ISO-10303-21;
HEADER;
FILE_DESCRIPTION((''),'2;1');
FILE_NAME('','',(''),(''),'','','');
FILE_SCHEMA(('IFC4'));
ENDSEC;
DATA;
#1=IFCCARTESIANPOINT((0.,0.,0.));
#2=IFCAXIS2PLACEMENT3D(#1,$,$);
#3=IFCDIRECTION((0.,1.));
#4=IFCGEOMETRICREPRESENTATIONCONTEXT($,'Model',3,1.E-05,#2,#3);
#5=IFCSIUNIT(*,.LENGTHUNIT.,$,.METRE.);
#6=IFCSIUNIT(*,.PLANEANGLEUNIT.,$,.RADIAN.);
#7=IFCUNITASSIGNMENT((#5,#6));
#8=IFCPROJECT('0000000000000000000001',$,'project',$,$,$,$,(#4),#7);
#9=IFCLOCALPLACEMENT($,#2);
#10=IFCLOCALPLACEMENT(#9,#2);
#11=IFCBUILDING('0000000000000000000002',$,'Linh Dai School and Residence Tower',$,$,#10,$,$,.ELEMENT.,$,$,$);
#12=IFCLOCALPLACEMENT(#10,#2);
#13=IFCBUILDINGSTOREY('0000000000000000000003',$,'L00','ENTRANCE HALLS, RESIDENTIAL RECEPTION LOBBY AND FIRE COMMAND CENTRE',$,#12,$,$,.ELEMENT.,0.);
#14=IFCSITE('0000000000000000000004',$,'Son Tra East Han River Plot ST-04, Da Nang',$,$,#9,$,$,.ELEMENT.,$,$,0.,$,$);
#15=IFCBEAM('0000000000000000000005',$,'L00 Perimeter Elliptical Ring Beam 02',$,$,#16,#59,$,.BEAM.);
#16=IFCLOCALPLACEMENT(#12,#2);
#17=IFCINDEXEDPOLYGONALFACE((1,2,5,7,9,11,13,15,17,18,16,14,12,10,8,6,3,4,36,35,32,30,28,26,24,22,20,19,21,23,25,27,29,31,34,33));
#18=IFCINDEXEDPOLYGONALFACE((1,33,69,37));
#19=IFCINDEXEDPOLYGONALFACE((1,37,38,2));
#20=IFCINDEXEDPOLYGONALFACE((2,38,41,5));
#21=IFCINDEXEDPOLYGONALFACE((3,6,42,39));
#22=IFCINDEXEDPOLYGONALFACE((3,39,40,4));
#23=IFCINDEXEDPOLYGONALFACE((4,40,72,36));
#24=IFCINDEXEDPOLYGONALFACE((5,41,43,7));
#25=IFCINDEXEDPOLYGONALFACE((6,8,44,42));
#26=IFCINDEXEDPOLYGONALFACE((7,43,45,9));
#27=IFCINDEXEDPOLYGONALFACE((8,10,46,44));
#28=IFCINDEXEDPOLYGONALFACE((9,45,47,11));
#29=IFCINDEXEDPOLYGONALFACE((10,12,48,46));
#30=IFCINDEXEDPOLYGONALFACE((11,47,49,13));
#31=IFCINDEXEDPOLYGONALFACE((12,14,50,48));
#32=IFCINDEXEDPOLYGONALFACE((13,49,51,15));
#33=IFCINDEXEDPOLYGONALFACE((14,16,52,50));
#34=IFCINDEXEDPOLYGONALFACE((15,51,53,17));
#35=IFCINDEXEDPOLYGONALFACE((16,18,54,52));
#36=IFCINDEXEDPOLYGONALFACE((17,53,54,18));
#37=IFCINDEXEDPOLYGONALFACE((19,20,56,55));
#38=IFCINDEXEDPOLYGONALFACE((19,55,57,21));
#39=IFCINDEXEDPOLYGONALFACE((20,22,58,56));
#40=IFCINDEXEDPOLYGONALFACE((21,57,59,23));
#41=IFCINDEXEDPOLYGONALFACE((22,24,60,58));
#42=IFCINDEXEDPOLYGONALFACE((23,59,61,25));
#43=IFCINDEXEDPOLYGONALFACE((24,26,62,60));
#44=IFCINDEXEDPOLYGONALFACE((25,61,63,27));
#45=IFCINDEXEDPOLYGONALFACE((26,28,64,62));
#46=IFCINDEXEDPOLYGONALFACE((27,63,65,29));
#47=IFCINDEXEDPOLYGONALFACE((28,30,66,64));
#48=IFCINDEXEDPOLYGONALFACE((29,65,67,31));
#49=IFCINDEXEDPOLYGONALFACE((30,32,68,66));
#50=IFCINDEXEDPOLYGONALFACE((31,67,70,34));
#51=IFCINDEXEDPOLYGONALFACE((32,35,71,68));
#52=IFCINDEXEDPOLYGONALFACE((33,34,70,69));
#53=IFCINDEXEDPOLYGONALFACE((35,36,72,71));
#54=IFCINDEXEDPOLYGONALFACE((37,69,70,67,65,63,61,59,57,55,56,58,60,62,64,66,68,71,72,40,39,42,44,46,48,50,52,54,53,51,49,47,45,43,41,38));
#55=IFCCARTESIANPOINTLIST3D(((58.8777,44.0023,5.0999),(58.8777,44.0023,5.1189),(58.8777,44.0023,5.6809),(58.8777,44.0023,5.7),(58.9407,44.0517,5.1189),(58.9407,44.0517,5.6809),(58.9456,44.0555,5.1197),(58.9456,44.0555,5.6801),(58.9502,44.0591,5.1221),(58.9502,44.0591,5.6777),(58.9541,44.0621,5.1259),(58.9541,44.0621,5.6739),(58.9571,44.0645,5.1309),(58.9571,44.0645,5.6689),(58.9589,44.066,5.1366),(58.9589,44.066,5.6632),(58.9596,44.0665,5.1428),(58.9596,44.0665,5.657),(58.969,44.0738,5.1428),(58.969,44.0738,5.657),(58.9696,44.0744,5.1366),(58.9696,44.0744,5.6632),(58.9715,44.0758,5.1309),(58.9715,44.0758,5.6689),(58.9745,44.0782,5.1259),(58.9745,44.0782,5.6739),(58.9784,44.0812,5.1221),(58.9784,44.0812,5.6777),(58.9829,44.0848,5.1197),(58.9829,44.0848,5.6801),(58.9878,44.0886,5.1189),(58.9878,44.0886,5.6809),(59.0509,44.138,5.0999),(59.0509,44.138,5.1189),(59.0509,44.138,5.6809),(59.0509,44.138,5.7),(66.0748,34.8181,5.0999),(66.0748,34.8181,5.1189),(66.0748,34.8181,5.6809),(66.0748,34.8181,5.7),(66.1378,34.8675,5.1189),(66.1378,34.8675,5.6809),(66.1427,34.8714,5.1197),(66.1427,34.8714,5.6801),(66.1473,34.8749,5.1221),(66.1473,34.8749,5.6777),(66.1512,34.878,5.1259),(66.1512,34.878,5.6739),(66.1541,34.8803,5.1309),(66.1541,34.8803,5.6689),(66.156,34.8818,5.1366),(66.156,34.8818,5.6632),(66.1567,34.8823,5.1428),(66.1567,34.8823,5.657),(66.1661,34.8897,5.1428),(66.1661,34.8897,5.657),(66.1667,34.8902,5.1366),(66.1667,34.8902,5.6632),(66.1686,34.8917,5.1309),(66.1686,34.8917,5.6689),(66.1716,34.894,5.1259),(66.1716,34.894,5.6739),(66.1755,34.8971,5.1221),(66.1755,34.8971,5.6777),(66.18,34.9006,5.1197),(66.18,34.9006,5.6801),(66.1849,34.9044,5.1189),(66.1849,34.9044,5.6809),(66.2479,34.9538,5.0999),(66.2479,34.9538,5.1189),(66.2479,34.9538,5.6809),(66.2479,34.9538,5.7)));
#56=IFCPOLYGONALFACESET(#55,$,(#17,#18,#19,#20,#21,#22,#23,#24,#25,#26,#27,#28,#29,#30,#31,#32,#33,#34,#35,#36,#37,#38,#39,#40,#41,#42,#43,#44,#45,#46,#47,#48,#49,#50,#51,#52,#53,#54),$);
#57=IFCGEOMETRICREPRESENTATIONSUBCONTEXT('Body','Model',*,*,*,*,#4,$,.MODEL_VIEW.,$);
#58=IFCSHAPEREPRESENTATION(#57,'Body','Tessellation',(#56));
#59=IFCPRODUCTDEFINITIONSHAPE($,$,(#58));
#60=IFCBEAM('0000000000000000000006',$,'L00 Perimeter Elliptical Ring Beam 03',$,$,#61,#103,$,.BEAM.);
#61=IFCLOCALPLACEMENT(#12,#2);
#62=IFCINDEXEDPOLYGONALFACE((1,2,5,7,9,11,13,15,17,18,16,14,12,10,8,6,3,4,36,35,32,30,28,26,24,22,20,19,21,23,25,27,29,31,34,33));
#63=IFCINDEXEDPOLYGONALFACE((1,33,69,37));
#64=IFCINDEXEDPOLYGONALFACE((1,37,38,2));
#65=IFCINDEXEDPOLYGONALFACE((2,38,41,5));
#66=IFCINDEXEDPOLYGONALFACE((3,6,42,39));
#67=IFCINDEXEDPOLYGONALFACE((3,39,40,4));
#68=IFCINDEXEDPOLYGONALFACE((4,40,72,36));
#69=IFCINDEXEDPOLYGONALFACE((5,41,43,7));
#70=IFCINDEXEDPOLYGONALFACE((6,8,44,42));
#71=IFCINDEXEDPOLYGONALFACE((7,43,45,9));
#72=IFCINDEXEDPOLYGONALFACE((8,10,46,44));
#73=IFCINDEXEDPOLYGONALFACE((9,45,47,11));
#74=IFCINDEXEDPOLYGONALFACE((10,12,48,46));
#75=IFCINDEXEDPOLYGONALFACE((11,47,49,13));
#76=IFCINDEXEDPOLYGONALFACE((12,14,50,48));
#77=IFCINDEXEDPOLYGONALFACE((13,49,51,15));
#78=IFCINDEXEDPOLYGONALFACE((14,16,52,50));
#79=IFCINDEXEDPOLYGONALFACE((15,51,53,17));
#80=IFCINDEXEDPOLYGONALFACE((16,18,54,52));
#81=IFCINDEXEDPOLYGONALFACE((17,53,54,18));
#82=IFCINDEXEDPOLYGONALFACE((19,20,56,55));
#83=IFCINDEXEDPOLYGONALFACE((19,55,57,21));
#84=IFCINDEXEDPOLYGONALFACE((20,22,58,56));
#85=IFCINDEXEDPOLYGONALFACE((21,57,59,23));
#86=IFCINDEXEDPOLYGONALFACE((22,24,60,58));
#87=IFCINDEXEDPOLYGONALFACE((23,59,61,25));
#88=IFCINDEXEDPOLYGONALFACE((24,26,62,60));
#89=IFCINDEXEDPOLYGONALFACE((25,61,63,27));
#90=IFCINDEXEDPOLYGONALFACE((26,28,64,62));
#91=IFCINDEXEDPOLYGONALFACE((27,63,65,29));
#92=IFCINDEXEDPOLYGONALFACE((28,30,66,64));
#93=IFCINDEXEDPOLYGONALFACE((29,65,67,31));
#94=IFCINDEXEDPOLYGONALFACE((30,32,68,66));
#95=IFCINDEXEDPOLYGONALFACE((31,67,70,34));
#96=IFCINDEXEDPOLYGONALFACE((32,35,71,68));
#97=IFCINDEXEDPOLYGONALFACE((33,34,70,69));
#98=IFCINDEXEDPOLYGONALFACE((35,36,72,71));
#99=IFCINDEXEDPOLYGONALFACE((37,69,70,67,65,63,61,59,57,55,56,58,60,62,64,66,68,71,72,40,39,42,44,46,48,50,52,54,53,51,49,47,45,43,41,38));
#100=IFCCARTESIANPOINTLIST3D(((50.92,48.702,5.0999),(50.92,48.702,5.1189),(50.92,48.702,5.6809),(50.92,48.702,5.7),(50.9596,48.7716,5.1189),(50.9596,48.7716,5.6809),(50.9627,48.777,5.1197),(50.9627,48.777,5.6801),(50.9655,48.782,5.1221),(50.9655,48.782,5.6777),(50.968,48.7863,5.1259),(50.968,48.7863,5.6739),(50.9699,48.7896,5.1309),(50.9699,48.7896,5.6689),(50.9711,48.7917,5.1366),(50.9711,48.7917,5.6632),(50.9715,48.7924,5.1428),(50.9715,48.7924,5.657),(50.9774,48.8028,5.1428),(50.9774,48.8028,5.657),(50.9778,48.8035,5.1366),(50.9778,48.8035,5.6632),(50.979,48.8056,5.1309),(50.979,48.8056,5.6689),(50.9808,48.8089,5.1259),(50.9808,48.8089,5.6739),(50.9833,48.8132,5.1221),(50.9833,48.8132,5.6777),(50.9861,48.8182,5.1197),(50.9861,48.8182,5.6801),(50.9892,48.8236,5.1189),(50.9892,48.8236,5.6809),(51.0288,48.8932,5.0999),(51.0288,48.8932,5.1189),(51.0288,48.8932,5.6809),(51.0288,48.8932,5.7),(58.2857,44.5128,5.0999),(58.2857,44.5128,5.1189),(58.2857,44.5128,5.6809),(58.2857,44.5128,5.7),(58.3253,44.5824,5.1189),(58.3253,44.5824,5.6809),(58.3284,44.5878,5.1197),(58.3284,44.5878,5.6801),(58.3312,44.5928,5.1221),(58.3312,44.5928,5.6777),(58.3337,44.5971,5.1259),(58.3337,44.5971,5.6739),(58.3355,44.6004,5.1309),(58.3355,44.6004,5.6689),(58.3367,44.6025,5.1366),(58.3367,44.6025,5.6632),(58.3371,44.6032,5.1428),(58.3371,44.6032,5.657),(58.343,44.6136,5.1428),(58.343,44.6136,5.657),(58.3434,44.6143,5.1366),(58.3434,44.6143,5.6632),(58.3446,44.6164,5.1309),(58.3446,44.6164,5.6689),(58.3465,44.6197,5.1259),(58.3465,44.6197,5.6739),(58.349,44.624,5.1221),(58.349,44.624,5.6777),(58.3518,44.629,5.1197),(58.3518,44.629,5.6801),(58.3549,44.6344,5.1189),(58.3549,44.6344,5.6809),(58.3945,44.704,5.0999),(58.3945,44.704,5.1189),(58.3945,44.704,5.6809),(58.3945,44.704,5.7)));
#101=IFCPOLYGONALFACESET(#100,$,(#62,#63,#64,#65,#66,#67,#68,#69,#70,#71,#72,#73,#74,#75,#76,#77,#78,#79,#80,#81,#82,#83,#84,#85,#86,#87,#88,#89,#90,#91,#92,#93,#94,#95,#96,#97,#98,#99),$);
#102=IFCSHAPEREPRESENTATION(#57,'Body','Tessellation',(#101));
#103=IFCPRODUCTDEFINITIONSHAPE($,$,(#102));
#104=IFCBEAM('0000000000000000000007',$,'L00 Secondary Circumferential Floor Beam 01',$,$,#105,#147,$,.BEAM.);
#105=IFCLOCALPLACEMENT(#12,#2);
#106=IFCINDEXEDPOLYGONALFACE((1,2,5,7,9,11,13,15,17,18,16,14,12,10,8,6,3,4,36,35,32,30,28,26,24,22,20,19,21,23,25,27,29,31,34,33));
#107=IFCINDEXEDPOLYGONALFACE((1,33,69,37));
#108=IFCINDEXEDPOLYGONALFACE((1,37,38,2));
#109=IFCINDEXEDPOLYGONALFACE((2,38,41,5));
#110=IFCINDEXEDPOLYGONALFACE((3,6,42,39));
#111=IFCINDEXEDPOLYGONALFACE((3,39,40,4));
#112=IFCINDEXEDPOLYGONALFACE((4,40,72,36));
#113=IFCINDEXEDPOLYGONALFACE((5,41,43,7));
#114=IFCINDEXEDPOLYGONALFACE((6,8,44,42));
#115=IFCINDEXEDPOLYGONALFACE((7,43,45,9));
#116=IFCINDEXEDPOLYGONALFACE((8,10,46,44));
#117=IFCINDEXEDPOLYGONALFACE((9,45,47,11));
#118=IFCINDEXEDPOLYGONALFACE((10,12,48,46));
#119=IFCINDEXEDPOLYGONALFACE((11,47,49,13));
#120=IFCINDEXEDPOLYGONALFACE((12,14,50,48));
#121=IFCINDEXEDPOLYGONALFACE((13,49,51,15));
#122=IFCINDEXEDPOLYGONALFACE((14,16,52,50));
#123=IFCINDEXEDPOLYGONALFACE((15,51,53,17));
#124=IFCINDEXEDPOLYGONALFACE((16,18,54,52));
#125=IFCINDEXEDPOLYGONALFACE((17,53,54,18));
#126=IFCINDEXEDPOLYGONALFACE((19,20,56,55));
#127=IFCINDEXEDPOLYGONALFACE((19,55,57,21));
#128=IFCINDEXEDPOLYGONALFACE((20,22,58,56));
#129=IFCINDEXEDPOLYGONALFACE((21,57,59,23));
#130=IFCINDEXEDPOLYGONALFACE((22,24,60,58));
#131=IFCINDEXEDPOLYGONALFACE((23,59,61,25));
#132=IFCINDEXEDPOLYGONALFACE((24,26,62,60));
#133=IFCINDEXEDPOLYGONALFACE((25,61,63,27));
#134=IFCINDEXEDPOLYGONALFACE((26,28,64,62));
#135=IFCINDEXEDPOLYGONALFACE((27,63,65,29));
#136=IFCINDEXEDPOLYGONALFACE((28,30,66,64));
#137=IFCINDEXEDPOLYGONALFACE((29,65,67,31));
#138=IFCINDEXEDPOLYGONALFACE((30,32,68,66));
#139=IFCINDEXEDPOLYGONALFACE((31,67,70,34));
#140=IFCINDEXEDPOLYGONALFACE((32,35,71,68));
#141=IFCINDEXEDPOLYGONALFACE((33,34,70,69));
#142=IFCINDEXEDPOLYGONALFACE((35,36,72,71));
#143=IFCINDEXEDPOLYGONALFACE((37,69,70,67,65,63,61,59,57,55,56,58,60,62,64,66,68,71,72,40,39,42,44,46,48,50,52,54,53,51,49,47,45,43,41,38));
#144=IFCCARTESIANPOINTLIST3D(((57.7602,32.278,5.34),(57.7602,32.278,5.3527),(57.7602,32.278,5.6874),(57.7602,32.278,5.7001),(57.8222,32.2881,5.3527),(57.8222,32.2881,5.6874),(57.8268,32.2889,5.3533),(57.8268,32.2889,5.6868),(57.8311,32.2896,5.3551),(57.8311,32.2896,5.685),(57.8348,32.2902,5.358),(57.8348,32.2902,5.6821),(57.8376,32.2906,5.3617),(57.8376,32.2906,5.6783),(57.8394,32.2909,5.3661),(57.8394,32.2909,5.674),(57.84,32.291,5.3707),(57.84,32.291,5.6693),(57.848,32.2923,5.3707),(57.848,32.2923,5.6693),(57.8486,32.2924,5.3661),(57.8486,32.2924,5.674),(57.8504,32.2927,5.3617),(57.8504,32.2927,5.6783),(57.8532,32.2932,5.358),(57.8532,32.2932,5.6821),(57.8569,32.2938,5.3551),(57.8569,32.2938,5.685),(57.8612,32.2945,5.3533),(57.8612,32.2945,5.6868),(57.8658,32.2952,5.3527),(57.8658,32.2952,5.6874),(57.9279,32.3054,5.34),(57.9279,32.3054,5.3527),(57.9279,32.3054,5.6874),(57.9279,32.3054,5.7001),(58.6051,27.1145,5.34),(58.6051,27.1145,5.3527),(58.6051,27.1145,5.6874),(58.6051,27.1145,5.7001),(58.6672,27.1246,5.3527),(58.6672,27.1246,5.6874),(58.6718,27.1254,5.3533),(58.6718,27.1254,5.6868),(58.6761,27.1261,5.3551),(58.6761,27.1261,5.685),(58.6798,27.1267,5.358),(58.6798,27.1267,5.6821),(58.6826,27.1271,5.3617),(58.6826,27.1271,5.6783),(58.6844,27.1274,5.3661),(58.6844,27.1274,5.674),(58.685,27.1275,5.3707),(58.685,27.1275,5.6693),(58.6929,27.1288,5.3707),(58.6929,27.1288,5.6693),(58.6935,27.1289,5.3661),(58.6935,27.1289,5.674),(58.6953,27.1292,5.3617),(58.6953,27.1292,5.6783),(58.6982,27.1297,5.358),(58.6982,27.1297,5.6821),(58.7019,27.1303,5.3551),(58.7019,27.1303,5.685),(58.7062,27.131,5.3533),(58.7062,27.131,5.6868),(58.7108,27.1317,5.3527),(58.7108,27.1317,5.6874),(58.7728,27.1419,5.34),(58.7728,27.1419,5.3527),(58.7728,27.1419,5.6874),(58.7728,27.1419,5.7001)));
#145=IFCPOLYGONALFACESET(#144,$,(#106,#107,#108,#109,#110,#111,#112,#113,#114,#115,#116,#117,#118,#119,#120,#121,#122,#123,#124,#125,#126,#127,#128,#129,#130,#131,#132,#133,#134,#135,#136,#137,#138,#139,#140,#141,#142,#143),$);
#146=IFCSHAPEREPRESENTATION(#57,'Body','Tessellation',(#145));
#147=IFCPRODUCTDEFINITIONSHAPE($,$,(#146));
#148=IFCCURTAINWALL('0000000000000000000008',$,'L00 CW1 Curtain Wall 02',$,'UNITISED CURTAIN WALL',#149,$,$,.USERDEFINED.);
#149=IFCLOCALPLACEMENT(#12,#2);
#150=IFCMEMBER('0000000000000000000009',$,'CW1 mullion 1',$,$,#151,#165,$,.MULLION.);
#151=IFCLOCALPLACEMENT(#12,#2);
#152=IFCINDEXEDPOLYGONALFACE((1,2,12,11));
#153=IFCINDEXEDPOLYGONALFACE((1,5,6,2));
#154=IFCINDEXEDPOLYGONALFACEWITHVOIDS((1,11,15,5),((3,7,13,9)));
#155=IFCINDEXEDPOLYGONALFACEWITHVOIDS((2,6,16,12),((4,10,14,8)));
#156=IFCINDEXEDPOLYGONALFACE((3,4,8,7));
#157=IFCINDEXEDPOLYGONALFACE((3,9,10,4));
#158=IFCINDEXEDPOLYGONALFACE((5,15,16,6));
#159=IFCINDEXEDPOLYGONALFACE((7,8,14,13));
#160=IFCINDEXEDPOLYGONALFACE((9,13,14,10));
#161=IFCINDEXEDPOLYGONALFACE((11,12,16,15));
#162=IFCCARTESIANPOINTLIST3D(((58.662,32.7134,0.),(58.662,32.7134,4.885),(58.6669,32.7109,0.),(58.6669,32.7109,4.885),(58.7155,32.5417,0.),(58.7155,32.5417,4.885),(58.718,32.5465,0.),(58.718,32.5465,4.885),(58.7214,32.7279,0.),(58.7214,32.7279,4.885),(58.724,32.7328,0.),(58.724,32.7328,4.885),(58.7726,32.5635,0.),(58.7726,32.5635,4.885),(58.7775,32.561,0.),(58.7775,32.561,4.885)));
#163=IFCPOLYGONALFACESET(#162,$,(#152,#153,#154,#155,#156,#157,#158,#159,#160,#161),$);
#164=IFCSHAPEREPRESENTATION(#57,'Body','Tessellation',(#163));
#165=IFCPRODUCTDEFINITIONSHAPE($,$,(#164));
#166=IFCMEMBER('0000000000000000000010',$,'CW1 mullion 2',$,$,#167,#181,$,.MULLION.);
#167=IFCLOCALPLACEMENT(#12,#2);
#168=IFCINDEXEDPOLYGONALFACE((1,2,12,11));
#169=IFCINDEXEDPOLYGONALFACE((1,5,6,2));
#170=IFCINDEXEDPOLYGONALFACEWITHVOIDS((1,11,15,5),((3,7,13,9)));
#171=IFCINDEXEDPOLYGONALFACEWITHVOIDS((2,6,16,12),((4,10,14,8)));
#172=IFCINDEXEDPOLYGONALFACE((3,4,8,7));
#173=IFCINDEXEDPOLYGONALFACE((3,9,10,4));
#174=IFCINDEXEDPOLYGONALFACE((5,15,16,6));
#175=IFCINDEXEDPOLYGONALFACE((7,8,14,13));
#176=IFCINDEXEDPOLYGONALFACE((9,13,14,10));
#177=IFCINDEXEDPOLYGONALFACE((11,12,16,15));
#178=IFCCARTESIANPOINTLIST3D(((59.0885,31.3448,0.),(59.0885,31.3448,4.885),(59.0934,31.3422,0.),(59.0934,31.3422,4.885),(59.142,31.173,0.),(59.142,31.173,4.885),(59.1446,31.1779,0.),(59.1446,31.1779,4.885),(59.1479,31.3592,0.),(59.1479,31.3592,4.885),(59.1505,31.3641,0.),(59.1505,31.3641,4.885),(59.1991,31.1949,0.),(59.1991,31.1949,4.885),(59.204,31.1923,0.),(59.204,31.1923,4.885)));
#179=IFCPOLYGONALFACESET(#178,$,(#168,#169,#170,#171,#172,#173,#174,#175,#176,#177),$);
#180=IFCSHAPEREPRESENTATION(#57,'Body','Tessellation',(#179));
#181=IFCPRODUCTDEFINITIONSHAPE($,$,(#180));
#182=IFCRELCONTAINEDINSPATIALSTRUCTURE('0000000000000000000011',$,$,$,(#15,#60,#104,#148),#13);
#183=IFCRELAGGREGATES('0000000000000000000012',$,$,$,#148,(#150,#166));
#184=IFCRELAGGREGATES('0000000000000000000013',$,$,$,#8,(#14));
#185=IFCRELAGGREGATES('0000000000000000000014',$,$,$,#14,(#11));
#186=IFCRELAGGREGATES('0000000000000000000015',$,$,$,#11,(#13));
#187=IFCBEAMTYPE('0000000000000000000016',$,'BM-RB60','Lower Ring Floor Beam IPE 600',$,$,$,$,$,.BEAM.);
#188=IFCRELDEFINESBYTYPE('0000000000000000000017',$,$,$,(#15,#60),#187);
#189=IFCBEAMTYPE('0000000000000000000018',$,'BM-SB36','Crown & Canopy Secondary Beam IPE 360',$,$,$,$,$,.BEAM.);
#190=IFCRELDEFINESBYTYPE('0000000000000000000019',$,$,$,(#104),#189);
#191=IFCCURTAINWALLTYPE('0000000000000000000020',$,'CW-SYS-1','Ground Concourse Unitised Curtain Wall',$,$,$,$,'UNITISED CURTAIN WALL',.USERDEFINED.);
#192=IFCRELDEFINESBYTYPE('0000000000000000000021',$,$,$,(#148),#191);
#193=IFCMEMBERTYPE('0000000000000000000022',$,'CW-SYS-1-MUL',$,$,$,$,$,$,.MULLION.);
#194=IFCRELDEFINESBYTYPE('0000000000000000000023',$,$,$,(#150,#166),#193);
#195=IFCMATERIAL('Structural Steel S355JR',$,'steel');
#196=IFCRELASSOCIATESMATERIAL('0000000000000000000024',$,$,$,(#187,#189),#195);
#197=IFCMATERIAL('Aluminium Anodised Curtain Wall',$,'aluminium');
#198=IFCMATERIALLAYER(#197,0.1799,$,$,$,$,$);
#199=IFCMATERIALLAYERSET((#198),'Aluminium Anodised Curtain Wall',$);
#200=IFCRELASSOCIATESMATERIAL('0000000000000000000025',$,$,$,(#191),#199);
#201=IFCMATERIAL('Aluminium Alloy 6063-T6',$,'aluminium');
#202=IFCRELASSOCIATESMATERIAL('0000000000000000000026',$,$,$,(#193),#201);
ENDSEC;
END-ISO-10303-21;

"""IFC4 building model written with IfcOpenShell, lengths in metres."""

from ifc_helpers import new_model, si_unit, direction, frame, origin, origin_2d, place, context, subcontext, project, spatial, hollow_rectangle, i_section, extrude, source, transform, mapped, material, layer, layer_set, material_profile, profile_set, type_object, element, aggregate, save


model = new_model("IFC4")

# Units and contexts
model_context = context("Model", 3, precision=1e-05, world=origin(), true_north=direction((0.0, 1.0)))
body_context = subcontext(model_context, "Body", "Model", "MODEL_VIEW")
ifc_project = project(units=[si_unit("LENGTHUNIT", "METRE"), si_unit("PLANEANGLEUNIT", "RADIAN")], contexts=[model_context])

# Site, building, storey
site_placement = place(None, origin())
site = spatial("IfcSite", under=ifc_project, at=site_placement, Name="Son Tra East Han River Plot ST-04, Da Nang", CompositionType="ELEMENT", RefElevation=0.0)
building_placement = place(site_placement, origin())
building = spatial("IfcBuilding", under=site, at=building_placement, Name="Linh Dai School and Residence Tower", CompositionType="ELEMENT")
storey_placement = place(building_placement, origin())
storey = spatial("IfcBuildingStorey", under=building, at=storey_placement, Name="L00", Description="ENTRANCE HALLS, RESIDENTIAL RECEPTION LOBBY AND FIRE COMMAND CENTRE", CompositionType="ELEMENT", Elevation=0.0)

# Shared definitions
ifc_material_1 = material(Name="Structural Steel S355JR", Category="steel")

# Beams
ifc_material_profile_1 = material_profile(ifc_material_1, i_section(OverallWidth=0.22, OverallDepth=0.6001, WebThickness=0.012, FlangeThickness=0.019, FilletRadius=0.0239, at=origin_2d()), Name="IPE 600")
ifc_profile_set_1 = profile_set([ifc_material_profile_1], Name="Structural Steel S355JR")
beam_type_1 = type_object("IfcBeamType", Name="BM-RB60", Description="Lower Ring Floor Beam IPE 600", PredefinedType="BEAM", material=ifc_profile_set_1)
beam_1_placement = place(storey_placement, frame((66.1614, 34.886, 5.3999), z_axis=(-0.616812, 0.787111, 0.0), x_axis=(-0.787111, -0.616812, 0.0)))
element("IfcBeam", 1, at=beam_1_placement, inside=storey, type_object=beam_type_1, Name="L00 Perimeter Elliptical Ring Beam 02", PredefinedType="BEAM", context=body_context, shape_type="SweptSolid", body=[
    extrude(i_section(OverallWidth=0.22, OverallDepth=0.6001, WebThickness=0.012, FlangeThickness=0.019, FilletRadius=0.0239, at=origin_2d()), origin(), (0.0, 0.0, 1.0), 11.6682),
])
beam_2_placement = place(storey_placement, frame((58.3401, 44.6084, 5.3999), z_axis=(-0.869247, 0.494379, 0.0), x_axis=(-0.494379, -0.869247, 0.0)))
element("IfcBeam", 2, at=beam_2_placement, inside=storey, type_object=beam_type_1, Name="L00 Perimeter Elliptical Ring Beam 03", PredefinedType="BEAM", context=body_context, shape_type="SweptSolid", body=[
    extrude(i_section(OverallWidth=0.22, OverallDepth=0.6001, WebThickness=0.012, FlangeThickness=0.019, FilletRadius=0.0239, at=origin_2d()), origin(), (0.0, 0.0, 1.0), 8.4736),
])
ifc_material_profile_2 = material_profile(ifc_material_1, i_section(OverallWidth=0.1699, OverallDepth=0.3601, WebThickness=0.0081, FlangeThickness=0.0127, FilletRadius=0.0181, at=origin_2d()), Name="IPE 360")
ifc_profile_set_2 = profile_set([ifc_material_profile_2], Name="Structural Steel S355JR")
beam_type_2 = type_object("IfcBeamType", Name="BM-SB36", Description="Crown & Canopy Secondary Beam IPE 360", PredefinedType="BEAM", material=ifc_profile_set_2)
beam_3_placement = place(storey_placement, frame((58.689, 27.1282, 5.52), z_axis=(-0.161493, 0.986874, 0.0), x_axis=(-0.986874, -0.161493, 0.0)))
element("IfcBeam", 3, at=beam_3_placement, inside=storey, type_object=beam_type_2, Name="L00 Secondary Circumferential Floor Beam 01", PredefinedType="BEAM", context=body_context, shape_type="SweptSolid", body=[
    extrude(i_section(OverallWidth=0.1699, OverallDepth=0.3601, WebThickness=0.0081, FlangeThickness=0.0127, FilletRadius=0.0181, at=origin_2d()), origin(), (0.0, 0.0, 1.0), 5.2322),
])

# Curtain wall, members
ifc_material_2 = material(Name="Aluminium Anodised Curtain Wall", Category="aluminium")
ifc_layer_1 = layer(ifc_material_2, 0.1799)
ifc_layer_set_1 = layer_set([ifc_layer_1], Name="Aluminium Anodised Curtain Wall")
curtain_wall_type = type_object("IfcCurtainWallType", Name="CW-SYS-1", Description="Ground Concourse Unitised Curtain Wall", ElementType="UNITISED CURTAIN WALL", PredefinedType="USERDEFINED", material=ifc_layer_set_1)
curtain_wall_1_placement = place(storey_placement, origin())
curtain_wall_1 = element("IfcCurtainWall", 4, at=curtain_wall_1_placement, inside=storey, type_object=curtain_wall_type, Name="L00 CW1 Curtain Wall 02", ObjectType="UNITISED CURTAIN WALL", PredefinedType="USERDEFINED")
ifc_material_3 = material(Name="Aluminium Alloy 6063-T6", Category="aluminium")
ifc_material_profile_3 = material_profile(ifc_material_3, hollow_rectangle(XDim=0.0649, YDim=0.1799, WallThickness=0.0039, at=origin_2d()), Name="RHS 180x65x4")
ifc_profile_set_3 = profile_set([ifc_material_profile_3], Name="Aluminium Alloy 6063-T6")
member_type_1 = type_object("IfcMemberType", Name="CW-SYS-1-MUL", PredefinedType="MULLION", material=ifc_profile_set_3)
shared_shape_1 = source(origin(), body_context, "Body", "SweptSolid", [
    extrude(hollow_rectangle(XDim=0.0649, YDim=0.1799, WallThickness=0.0039, at=origin_2d()), origin(), (0.0, 0.0, 1.0), 4.885),
])
member_1_placement = place(storey_placement, frame((58.7197, 32.6372, 0.0), z_axis=(0.0, 0.0, 1.0), x_axis=(0.954761, 0.297375, 0.0)))
member_1 = element("IfcMember", 5, at=member_1_placement, type_object=member_type_1, Name="CW1 mullion 1", PredefinedType="MULLION", context=body_context, shape_type="MappedRepresentation", body=[
    mapped(shared_shape_1, transform((0.0, 0.0, 0.0), x_axis=(1.0, 0.0, 0.0), y_axis=(0.0, 1.0, 0.0), z_axis=(0.0, 0.0, 1.0), scale=1.0)),
])
member_2_placement = place(storey_placement, frame((59.1462, 31.2686, 0.0), z_axis=(0.0, 0.0, 1.0), x_axis=(0.954761, 0.297375, 0.0)))
member_2 = element("IfcMember", 6, at=member_2_placement, type_object=member_type_1, Name="CW1 mullion 2", PredefinedType="MULLION", context=body_context, shape_type="MappedRepresentation", body=[
    mapped(shared_shape_1, transform((0.0, 0.0, 0.0), x_axis=(1.0, 0.0, 0.0), y_axis=(0.0, 1.0, 0.0), z_axis=(0.0, 0.0, 1.0), scale=1.0)),
])

aggregate(curtain_wall_1, [member_1, member_2])

save(model, "model.ifc")
